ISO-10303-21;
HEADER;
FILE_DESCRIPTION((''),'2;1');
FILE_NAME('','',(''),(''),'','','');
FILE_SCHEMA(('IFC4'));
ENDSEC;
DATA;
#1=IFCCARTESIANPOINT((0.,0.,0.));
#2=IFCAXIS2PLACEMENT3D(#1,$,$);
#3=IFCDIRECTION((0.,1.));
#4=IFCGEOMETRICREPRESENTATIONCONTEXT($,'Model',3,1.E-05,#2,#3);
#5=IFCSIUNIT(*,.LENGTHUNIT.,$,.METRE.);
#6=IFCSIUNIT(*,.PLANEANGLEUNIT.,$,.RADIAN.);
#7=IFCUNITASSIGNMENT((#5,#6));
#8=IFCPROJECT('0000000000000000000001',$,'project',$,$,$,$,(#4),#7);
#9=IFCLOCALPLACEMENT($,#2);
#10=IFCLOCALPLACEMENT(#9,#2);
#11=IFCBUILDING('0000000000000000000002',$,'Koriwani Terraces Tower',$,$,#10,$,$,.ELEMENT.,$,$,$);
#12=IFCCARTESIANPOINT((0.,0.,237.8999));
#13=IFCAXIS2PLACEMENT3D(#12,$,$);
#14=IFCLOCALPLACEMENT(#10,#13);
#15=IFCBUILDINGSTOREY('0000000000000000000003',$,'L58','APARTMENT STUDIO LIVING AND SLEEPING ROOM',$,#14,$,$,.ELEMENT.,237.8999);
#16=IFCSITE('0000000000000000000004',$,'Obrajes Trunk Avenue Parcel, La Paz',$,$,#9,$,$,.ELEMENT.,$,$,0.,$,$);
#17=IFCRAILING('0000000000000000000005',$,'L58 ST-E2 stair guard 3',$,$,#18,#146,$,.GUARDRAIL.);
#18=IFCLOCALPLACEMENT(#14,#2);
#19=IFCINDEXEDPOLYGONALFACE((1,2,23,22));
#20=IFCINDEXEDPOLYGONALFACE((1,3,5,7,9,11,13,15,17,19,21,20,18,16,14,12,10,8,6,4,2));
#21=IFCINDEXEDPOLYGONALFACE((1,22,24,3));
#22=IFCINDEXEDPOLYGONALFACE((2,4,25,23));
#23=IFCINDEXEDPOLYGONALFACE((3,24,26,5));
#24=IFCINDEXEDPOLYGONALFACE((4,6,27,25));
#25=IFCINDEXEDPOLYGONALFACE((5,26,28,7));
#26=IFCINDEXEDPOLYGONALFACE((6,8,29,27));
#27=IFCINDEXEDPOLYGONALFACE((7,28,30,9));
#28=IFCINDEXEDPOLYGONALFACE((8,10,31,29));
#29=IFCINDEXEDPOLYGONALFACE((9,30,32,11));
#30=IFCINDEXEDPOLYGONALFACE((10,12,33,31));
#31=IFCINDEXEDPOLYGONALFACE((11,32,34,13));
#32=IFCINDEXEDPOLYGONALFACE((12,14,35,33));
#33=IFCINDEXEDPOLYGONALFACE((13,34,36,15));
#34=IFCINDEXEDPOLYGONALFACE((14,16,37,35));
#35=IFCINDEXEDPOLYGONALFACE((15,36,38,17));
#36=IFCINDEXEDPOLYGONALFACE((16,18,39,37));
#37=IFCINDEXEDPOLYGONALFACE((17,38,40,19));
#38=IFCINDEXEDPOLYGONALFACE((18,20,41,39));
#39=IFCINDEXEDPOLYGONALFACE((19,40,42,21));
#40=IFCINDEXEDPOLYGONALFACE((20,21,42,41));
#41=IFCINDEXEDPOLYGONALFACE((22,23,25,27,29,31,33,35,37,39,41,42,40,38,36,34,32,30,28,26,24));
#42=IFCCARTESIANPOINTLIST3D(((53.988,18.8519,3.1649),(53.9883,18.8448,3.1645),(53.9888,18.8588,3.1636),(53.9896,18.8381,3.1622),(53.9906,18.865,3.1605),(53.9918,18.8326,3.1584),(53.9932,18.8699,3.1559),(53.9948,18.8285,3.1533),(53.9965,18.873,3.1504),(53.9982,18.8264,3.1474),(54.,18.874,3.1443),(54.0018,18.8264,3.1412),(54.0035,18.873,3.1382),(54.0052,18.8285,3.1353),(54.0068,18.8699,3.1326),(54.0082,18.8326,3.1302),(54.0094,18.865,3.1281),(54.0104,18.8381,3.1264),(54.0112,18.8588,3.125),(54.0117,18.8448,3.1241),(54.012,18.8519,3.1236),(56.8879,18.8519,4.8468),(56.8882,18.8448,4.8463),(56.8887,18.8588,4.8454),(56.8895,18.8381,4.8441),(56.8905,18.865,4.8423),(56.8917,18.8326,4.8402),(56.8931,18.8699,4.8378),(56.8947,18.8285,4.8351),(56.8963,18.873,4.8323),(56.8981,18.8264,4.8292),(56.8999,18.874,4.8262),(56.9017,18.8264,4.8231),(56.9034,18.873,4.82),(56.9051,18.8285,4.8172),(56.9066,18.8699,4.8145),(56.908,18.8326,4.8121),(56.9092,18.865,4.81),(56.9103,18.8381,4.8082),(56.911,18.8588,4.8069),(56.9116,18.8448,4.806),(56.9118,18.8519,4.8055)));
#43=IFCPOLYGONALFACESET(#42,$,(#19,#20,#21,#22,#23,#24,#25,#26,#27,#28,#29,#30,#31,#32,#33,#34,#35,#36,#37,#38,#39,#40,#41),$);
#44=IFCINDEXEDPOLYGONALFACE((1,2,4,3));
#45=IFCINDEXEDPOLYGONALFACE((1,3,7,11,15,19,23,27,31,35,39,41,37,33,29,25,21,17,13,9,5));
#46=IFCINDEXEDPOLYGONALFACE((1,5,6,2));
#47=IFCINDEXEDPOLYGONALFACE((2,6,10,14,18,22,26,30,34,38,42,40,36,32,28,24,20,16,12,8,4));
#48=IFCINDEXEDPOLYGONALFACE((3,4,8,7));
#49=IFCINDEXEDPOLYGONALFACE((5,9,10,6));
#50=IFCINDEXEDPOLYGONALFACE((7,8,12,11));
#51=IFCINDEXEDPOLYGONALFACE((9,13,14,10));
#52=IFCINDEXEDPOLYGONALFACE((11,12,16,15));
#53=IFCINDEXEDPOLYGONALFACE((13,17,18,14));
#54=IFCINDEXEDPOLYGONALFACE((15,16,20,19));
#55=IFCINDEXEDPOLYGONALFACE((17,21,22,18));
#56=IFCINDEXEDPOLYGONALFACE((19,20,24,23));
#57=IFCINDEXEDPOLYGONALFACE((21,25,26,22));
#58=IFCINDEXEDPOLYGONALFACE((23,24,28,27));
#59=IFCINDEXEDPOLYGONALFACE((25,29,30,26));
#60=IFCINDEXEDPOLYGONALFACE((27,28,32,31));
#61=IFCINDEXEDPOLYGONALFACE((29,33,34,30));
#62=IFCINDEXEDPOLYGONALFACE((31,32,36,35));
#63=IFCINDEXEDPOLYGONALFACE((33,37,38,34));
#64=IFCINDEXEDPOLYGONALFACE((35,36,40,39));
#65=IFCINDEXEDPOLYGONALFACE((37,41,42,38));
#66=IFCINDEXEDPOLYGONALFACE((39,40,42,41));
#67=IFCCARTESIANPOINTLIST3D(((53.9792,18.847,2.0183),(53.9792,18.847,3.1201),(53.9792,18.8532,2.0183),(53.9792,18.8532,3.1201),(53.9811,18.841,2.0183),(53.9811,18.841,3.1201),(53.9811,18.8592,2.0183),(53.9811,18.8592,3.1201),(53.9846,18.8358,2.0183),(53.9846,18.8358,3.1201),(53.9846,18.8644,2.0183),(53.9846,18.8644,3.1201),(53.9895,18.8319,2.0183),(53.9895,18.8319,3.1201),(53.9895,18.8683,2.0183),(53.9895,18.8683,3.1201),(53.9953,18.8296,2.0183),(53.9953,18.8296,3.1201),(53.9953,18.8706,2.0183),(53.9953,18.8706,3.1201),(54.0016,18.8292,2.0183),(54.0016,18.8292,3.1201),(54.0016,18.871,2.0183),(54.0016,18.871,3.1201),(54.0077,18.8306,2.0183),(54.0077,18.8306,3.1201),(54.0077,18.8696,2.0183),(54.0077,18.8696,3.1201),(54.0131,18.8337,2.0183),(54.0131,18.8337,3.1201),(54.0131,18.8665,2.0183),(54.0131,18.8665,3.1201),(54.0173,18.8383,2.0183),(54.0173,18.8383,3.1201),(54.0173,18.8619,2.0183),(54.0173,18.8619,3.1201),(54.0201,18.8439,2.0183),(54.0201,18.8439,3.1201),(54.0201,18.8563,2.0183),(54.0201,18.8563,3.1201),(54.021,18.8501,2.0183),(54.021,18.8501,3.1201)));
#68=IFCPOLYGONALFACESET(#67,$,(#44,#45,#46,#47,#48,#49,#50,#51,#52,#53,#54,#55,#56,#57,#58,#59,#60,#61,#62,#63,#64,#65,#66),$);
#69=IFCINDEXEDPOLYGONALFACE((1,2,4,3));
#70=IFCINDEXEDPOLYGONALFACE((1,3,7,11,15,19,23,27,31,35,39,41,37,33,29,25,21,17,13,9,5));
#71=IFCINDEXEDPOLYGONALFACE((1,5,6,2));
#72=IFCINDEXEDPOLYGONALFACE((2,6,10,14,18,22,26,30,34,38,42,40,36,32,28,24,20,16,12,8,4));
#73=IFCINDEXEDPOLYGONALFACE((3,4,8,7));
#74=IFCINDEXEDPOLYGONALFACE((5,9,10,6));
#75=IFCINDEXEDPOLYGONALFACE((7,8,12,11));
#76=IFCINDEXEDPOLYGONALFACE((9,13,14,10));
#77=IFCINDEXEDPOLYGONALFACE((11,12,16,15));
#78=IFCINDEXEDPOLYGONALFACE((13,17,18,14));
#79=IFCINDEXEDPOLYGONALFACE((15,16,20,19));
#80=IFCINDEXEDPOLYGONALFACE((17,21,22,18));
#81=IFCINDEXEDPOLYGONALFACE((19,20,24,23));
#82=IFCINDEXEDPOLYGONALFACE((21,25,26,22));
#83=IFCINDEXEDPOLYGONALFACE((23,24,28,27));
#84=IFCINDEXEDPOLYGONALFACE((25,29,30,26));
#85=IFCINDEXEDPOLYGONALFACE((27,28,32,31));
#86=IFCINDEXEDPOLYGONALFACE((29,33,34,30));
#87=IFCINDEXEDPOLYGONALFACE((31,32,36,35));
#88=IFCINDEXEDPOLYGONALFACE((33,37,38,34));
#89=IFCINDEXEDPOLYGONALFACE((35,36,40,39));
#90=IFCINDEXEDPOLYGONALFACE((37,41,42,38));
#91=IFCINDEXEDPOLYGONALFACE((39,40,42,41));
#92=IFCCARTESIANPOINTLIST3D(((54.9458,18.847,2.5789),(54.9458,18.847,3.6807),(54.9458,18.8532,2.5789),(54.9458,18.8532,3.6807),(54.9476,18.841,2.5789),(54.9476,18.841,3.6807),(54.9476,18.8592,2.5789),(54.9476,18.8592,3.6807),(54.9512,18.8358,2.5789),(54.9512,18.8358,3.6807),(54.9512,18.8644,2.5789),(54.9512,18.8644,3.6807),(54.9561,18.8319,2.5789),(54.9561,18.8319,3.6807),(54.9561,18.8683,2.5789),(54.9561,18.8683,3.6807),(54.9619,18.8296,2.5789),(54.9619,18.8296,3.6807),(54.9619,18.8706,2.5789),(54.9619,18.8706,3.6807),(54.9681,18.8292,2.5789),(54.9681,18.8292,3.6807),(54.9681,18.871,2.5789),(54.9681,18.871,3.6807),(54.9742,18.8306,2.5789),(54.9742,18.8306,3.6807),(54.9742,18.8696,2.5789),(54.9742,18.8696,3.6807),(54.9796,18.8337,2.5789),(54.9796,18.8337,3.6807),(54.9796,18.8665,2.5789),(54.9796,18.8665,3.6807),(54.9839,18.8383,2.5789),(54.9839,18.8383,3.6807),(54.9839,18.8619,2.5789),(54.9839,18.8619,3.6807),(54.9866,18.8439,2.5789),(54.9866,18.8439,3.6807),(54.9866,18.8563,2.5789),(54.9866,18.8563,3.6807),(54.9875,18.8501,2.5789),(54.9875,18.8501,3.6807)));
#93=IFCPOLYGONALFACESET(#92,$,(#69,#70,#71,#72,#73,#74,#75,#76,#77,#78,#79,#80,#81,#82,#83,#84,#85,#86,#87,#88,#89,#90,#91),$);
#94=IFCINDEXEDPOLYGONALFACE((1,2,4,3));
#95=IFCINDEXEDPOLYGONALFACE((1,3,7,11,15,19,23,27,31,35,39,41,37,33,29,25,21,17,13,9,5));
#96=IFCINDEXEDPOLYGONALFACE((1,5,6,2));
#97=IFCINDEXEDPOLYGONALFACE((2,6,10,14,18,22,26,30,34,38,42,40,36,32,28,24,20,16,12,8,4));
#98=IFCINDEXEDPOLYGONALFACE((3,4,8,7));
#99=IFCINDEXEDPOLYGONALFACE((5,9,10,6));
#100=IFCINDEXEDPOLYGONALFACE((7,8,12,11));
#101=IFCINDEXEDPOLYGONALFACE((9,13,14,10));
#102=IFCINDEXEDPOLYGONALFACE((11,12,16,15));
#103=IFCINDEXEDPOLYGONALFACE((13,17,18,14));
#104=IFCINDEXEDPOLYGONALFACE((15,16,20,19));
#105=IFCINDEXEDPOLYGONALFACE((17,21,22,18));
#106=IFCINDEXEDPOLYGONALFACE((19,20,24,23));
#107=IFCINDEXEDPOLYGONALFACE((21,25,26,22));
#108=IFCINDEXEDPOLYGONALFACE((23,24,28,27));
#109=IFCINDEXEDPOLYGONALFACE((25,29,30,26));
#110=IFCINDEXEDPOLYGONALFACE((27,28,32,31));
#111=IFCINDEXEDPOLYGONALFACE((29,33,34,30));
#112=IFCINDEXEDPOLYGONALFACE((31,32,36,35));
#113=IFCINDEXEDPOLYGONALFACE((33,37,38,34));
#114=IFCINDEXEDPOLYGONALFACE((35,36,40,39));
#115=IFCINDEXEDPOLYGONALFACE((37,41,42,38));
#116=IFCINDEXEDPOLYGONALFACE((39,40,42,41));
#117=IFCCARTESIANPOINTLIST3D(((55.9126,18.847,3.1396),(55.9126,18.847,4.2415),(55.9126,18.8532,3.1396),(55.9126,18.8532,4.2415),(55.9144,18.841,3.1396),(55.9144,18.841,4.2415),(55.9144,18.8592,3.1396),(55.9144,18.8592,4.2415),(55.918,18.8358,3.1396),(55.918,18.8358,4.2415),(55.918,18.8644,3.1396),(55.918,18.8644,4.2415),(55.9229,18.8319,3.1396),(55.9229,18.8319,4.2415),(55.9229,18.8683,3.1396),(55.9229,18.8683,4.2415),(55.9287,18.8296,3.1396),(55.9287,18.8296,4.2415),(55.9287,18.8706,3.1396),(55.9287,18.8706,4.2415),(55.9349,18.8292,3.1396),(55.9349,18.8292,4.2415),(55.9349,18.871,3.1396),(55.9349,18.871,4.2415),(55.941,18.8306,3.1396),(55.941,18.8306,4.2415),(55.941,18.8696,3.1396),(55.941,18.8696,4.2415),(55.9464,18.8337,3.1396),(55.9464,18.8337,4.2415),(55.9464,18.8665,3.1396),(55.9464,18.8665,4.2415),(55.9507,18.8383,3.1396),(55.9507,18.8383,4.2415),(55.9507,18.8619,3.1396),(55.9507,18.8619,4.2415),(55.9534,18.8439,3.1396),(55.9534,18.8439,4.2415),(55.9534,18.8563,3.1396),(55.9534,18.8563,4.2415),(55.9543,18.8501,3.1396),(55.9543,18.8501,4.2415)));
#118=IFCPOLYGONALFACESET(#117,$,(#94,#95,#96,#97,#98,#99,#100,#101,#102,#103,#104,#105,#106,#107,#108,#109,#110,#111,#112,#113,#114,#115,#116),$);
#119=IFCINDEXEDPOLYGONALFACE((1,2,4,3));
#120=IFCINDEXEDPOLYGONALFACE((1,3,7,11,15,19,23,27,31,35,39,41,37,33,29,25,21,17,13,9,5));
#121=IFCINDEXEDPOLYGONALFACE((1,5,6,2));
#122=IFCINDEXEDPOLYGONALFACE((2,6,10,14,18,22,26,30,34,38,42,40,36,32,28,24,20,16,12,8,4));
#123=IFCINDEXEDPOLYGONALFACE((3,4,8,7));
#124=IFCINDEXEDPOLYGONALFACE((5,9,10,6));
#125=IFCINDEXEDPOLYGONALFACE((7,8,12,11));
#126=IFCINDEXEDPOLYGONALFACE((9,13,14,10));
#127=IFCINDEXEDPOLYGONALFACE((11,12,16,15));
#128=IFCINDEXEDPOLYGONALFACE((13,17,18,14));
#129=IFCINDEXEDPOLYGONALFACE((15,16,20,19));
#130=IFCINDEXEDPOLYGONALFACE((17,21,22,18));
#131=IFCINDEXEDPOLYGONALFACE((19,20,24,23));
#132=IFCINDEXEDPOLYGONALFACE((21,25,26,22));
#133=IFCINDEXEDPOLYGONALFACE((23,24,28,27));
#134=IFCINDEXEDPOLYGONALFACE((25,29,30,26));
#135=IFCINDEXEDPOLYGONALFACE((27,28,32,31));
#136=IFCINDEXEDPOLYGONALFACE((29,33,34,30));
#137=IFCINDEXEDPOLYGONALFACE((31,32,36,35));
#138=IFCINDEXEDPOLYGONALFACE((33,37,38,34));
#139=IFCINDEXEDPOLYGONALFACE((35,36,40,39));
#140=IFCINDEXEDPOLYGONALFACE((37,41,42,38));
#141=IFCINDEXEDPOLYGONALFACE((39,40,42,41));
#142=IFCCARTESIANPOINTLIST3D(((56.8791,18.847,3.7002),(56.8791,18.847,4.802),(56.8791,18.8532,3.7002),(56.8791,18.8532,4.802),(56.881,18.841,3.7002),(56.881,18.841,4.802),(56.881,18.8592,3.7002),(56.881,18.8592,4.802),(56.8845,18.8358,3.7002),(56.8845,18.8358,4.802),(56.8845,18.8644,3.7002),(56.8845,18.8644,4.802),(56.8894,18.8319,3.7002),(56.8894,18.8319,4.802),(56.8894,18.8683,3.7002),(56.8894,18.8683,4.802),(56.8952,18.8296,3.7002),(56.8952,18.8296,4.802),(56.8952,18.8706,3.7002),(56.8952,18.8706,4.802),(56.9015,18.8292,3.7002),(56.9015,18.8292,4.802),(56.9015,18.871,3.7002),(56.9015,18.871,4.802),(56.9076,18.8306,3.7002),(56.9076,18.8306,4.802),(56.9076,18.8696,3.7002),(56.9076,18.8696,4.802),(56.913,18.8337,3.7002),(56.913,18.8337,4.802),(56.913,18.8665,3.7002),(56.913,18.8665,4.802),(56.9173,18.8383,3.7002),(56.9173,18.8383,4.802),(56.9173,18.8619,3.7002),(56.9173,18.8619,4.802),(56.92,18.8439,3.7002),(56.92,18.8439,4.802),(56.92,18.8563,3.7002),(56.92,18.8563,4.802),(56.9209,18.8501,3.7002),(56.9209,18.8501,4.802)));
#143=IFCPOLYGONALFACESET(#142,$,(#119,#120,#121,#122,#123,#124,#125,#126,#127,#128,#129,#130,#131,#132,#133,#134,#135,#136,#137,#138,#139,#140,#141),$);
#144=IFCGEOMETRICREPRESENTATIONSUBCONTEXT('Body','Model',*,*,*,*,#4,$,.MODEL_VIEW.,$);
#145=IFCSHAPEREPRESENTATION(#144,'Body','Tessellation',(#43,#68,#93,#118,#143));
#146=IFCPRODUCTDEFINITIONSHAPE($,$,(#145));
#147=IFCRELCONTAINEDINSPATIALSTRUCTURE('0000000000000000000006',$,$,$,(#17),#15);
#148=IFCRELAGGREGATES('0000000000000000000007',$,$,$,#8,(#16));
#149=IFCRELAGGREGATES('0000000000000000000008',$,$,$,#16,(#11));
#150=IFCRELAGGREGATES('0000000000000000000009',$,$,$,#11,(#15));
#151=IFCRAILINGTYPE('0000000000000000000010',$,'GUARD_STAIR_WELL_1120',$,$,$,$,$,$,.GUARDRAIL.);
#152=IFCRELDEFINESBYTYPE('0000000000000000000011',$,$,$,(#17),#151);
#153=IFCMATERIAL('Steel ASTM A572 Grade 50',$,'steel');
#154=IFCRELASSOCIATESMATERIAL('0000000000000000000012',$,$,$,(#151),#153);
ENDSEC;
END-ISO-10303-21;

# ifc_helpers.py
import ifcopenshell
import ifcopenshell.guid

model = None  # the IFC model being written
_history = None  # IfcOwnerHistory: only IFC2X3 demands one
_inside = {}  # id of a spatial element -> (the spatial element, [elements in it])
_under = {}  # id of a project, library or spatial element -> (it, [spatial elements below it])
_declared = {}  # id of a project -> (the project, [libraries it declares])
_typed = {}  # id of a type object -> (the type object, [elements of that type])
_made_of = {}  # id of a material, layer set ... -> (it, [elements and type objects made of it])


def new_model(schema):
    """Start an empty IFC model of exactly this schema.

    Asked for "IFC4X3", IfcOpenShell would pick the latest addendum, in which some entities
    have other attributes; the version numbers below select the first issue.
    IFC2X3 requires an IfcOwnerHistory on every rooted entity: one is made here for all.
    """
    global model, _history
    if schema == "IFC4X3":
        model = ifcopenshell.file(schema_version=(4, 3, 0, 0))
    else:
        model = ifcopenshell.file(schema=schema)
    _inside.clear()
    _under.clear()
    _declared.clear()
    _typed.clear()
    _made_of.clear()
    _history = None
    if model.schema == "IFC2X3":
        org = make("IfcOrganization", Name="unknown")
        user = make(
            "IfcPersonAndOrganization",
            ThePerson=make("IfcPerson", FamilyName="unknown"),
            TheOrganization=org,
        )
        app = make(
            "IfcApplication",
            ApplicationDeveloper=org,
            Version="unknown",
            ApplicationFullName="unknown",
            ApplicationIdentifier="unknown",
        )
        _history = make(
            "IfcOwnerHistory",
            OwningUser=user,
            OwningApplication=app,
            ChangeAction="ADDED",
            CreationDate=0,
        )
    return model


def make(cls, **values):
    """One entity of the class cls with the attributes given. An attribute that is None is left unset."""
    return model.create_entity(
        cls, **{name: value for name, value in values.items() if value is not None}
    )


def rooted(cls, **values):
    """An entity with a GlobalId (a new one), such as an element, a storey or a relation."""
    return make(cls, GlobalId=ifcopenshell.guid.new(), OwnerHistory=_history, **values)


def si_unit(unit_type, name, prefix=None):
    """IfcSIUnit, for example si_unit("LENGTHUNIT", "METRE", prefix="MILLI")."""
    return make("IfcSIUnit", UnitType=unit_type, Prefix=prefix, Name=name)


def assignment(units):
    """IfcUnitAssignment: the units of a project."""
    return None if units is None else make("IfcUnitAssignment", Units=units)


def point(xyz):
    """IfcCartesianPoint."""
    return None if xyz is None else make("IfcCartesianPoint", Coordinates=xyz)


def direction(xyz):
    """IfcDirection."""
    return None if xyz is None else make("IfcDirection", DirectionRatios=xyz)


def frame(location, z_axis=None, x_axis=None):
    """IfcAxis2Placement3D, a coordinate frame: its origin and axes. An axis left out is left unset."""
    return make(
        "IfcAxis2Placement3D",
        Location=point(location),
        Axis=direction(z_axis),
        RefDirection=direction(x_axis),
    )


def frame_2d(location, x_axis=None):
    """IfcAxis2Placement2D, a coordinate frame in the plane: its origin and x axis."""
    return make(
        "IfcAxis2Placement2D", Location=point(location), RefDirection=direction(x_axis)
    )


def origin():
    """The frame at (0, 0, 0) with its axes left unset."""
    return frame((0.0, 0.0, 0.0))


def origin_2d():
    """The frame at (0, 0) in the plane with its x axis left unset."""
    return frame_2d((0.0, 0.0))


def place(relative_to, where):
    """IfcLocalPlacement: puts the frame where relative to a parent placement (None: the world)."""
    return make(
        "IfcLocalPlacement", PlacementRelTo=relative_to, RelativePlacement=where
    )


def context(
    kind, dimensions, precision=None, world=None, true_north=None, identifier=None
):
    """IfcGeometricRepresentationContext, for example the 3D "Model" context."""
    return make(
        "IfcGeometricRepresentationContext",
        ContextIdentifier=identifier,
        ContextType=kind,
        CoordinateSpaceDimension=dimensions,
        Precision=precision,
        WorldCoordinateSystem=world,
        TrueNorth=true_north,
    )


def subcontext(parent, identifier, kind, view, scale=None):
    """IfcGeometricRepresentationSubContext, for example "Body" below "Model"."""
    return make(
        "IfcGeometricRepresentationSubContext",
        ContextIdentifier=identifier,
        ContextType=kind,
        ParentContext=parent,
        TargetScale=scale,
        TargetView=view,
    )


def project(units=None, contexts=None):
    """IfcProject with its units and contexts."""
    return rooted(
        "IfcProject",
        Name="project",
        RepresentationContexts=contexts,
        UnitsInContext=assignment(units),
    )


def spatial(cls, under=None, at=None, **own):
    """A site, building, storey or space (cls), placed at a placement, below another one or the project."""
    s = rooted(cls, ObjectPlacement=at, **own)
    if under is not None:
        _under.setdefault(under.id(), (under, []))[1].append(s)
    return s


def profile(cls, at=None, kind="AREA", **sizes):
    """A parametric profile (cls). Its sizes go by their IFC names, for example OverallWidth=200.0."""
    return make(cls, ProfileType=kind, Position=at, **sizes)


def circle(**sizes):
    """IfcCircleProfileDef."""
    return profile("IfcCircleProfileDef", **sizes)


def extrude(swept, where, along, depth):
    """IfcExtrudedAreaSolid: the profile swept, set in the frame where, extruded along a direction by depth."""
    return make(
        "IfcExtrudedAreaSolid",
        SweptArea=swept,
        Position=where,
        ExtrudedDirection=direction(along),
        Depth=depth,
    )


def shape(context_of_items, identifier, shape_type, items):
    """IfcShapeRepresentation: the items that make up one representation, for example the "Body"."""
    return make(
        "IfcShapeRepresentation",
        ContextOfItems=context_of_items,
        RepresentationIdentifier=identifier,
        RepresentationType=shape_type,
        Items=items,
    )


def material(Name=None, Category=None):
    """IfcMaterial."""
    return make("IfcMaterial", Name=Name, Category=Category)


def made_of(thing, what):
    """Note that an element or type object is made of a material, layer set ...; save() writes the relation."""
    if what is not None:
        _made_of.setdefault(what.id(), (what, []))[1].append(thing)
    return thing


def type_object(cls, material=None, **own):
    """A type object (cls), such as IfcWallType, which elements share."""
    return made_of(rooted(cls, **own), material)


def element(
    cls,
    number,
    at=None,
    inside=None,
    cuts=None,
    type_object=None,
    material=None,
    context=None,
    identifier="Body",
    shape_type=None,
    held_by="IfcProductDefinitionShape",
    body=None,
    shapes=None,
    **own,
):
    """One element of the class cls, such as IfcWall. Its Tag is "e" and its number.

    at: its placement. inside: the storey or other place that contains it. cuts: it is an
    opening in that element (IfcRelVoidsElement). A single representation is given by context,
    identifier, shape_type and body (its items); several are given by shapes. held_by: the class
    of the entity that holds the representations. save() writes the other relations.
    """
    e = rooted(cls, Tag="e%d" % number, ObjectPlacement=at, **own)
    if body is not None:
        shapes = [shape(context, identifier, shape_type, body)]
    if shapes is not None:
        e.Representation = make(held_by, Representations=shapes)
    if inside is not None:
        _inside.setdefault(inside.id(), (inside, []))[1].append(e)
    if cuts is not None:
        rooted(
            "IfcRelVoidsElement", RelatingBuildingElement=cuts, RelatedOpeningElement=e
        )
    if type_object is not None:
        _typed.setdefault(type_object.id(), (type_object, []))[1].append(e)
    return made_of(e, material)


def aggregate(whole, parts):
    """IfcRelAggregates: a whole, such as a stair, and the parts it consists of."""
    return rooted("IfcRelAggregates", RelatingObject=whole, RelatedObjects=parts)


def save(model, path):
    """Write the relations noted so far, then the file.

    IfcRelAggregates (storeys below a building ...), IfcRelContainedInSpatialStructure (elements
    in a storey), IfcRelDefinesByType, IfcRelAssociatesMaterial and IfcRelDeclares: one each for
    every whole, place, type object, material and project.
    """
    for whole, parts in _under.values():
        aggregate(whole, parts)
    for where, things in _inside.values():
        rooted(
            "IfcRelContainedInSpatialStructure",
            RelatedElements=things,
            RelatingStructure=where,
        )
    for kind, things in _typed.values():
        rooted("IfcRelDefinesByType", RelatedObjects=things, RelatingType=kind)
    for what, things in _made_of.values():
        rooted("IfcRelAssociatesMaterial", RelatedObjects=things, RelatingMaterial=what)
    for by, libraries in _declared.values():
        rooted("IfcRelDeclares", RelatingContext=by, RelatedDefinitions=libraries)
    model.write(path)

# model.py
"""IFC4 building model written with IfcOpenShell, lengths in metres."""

from ifc_helpers import new_model, si_unit, direction, frame, origin, origin_2d, place, context, subcontext, project, spatial, circle, extrude, material, type_object, element, save


model = new_model("IFC4")

# Units and contexts
model_context = context("Model", 3, precision=1e-05, world=origin(), true_north=direction((0.0, 1.0)))
body_context = subcontext(model_context, "Body", "Model", "MODEL_VIEW")
ifc_project = project(units=[si_unit("LENGTHUNIT", "METRE"), si_unit("PLANEANGLEUNIT", "RADIAN")], contexts=[model_context])

# Site, building, storey
site_placement = place(None, origin())
site = spatial("IfcSite", under=ifc_project, at=site_placement, Name="Obrajes Trunk Avenue Parcel, La Paz", CompositionType="ELEMENT", RefElevation=0.0)
building_placement = place(site_placement, origin())
building = spatial("IfcBuilding", under=site, at=building_placement, Name="Koriwani Terraces Tower", CompositionType="ELEMENT")
storey_placement = place(building_placement, frame((0.0, 0.0, 237.8999)))
storey = spatial("IfcBuildingStorey", under=building, at=storey_placement, Name="L58", Description="APARTMENT STUDIO LIVING AND SLEEPING ROOM", CompositionType="ELEMENT", Elevation=237.8999)

# Shared definitions
ifc_material_1 = material(Name="Steel ASTM A572 Grade 50", Category="steel")

# Railing
railing_type_1 = type_object("IfcRailingType", Name="GUARD_STAIR_WELL_1120", PredefinedType="GUARDRAIL", material=ifc_material_1)
railing_1_placement = place(storey_placement, frame((54.0, 18.8501, 2.0183)))
element("IfcRailing", 1, at=railing_1_placement, inside=storey, type_object=railing_type_1, Name="L58 ST-E2 stair guard 3", PredefinedType="GUARDRAIL", context=body_context, shape_type="SweptSolid", body=[
    extrude(circle(Radius=0.0239, at=origin_2d()), frame((0.0, 0.0, 1.126), z_axis=(0.865039, 0.0, 0.501705), x_axis=(0.0, 1.0, 0.0)), (0.0, 0.0, 1.0), 3.3523),
    extrude(circle(Radius=0.021, at=origin_2d()), origin(), (0.0, 0.0, 1.0), 1.1018),
    extrude(circle(Radius=0.021, at=origin_2d()), frame((0.9666, 0.0, 0.5605)), (0.0, 0.0, 1.0), 1.1018),
    extrude(circle(Radius=0.021, at=origin_2d()), frame((1.9333, 0.0, 1.1213)), (0.0, 0.0, 1.0), 1.1018),
    extrude(circle(Radius=0.021, at=origin_2d()), frame((2.8999, 0.0, 1.6819)), (0.0, 0.0, 1.0), 1.1018),
])

save(model, "model.ifc")
